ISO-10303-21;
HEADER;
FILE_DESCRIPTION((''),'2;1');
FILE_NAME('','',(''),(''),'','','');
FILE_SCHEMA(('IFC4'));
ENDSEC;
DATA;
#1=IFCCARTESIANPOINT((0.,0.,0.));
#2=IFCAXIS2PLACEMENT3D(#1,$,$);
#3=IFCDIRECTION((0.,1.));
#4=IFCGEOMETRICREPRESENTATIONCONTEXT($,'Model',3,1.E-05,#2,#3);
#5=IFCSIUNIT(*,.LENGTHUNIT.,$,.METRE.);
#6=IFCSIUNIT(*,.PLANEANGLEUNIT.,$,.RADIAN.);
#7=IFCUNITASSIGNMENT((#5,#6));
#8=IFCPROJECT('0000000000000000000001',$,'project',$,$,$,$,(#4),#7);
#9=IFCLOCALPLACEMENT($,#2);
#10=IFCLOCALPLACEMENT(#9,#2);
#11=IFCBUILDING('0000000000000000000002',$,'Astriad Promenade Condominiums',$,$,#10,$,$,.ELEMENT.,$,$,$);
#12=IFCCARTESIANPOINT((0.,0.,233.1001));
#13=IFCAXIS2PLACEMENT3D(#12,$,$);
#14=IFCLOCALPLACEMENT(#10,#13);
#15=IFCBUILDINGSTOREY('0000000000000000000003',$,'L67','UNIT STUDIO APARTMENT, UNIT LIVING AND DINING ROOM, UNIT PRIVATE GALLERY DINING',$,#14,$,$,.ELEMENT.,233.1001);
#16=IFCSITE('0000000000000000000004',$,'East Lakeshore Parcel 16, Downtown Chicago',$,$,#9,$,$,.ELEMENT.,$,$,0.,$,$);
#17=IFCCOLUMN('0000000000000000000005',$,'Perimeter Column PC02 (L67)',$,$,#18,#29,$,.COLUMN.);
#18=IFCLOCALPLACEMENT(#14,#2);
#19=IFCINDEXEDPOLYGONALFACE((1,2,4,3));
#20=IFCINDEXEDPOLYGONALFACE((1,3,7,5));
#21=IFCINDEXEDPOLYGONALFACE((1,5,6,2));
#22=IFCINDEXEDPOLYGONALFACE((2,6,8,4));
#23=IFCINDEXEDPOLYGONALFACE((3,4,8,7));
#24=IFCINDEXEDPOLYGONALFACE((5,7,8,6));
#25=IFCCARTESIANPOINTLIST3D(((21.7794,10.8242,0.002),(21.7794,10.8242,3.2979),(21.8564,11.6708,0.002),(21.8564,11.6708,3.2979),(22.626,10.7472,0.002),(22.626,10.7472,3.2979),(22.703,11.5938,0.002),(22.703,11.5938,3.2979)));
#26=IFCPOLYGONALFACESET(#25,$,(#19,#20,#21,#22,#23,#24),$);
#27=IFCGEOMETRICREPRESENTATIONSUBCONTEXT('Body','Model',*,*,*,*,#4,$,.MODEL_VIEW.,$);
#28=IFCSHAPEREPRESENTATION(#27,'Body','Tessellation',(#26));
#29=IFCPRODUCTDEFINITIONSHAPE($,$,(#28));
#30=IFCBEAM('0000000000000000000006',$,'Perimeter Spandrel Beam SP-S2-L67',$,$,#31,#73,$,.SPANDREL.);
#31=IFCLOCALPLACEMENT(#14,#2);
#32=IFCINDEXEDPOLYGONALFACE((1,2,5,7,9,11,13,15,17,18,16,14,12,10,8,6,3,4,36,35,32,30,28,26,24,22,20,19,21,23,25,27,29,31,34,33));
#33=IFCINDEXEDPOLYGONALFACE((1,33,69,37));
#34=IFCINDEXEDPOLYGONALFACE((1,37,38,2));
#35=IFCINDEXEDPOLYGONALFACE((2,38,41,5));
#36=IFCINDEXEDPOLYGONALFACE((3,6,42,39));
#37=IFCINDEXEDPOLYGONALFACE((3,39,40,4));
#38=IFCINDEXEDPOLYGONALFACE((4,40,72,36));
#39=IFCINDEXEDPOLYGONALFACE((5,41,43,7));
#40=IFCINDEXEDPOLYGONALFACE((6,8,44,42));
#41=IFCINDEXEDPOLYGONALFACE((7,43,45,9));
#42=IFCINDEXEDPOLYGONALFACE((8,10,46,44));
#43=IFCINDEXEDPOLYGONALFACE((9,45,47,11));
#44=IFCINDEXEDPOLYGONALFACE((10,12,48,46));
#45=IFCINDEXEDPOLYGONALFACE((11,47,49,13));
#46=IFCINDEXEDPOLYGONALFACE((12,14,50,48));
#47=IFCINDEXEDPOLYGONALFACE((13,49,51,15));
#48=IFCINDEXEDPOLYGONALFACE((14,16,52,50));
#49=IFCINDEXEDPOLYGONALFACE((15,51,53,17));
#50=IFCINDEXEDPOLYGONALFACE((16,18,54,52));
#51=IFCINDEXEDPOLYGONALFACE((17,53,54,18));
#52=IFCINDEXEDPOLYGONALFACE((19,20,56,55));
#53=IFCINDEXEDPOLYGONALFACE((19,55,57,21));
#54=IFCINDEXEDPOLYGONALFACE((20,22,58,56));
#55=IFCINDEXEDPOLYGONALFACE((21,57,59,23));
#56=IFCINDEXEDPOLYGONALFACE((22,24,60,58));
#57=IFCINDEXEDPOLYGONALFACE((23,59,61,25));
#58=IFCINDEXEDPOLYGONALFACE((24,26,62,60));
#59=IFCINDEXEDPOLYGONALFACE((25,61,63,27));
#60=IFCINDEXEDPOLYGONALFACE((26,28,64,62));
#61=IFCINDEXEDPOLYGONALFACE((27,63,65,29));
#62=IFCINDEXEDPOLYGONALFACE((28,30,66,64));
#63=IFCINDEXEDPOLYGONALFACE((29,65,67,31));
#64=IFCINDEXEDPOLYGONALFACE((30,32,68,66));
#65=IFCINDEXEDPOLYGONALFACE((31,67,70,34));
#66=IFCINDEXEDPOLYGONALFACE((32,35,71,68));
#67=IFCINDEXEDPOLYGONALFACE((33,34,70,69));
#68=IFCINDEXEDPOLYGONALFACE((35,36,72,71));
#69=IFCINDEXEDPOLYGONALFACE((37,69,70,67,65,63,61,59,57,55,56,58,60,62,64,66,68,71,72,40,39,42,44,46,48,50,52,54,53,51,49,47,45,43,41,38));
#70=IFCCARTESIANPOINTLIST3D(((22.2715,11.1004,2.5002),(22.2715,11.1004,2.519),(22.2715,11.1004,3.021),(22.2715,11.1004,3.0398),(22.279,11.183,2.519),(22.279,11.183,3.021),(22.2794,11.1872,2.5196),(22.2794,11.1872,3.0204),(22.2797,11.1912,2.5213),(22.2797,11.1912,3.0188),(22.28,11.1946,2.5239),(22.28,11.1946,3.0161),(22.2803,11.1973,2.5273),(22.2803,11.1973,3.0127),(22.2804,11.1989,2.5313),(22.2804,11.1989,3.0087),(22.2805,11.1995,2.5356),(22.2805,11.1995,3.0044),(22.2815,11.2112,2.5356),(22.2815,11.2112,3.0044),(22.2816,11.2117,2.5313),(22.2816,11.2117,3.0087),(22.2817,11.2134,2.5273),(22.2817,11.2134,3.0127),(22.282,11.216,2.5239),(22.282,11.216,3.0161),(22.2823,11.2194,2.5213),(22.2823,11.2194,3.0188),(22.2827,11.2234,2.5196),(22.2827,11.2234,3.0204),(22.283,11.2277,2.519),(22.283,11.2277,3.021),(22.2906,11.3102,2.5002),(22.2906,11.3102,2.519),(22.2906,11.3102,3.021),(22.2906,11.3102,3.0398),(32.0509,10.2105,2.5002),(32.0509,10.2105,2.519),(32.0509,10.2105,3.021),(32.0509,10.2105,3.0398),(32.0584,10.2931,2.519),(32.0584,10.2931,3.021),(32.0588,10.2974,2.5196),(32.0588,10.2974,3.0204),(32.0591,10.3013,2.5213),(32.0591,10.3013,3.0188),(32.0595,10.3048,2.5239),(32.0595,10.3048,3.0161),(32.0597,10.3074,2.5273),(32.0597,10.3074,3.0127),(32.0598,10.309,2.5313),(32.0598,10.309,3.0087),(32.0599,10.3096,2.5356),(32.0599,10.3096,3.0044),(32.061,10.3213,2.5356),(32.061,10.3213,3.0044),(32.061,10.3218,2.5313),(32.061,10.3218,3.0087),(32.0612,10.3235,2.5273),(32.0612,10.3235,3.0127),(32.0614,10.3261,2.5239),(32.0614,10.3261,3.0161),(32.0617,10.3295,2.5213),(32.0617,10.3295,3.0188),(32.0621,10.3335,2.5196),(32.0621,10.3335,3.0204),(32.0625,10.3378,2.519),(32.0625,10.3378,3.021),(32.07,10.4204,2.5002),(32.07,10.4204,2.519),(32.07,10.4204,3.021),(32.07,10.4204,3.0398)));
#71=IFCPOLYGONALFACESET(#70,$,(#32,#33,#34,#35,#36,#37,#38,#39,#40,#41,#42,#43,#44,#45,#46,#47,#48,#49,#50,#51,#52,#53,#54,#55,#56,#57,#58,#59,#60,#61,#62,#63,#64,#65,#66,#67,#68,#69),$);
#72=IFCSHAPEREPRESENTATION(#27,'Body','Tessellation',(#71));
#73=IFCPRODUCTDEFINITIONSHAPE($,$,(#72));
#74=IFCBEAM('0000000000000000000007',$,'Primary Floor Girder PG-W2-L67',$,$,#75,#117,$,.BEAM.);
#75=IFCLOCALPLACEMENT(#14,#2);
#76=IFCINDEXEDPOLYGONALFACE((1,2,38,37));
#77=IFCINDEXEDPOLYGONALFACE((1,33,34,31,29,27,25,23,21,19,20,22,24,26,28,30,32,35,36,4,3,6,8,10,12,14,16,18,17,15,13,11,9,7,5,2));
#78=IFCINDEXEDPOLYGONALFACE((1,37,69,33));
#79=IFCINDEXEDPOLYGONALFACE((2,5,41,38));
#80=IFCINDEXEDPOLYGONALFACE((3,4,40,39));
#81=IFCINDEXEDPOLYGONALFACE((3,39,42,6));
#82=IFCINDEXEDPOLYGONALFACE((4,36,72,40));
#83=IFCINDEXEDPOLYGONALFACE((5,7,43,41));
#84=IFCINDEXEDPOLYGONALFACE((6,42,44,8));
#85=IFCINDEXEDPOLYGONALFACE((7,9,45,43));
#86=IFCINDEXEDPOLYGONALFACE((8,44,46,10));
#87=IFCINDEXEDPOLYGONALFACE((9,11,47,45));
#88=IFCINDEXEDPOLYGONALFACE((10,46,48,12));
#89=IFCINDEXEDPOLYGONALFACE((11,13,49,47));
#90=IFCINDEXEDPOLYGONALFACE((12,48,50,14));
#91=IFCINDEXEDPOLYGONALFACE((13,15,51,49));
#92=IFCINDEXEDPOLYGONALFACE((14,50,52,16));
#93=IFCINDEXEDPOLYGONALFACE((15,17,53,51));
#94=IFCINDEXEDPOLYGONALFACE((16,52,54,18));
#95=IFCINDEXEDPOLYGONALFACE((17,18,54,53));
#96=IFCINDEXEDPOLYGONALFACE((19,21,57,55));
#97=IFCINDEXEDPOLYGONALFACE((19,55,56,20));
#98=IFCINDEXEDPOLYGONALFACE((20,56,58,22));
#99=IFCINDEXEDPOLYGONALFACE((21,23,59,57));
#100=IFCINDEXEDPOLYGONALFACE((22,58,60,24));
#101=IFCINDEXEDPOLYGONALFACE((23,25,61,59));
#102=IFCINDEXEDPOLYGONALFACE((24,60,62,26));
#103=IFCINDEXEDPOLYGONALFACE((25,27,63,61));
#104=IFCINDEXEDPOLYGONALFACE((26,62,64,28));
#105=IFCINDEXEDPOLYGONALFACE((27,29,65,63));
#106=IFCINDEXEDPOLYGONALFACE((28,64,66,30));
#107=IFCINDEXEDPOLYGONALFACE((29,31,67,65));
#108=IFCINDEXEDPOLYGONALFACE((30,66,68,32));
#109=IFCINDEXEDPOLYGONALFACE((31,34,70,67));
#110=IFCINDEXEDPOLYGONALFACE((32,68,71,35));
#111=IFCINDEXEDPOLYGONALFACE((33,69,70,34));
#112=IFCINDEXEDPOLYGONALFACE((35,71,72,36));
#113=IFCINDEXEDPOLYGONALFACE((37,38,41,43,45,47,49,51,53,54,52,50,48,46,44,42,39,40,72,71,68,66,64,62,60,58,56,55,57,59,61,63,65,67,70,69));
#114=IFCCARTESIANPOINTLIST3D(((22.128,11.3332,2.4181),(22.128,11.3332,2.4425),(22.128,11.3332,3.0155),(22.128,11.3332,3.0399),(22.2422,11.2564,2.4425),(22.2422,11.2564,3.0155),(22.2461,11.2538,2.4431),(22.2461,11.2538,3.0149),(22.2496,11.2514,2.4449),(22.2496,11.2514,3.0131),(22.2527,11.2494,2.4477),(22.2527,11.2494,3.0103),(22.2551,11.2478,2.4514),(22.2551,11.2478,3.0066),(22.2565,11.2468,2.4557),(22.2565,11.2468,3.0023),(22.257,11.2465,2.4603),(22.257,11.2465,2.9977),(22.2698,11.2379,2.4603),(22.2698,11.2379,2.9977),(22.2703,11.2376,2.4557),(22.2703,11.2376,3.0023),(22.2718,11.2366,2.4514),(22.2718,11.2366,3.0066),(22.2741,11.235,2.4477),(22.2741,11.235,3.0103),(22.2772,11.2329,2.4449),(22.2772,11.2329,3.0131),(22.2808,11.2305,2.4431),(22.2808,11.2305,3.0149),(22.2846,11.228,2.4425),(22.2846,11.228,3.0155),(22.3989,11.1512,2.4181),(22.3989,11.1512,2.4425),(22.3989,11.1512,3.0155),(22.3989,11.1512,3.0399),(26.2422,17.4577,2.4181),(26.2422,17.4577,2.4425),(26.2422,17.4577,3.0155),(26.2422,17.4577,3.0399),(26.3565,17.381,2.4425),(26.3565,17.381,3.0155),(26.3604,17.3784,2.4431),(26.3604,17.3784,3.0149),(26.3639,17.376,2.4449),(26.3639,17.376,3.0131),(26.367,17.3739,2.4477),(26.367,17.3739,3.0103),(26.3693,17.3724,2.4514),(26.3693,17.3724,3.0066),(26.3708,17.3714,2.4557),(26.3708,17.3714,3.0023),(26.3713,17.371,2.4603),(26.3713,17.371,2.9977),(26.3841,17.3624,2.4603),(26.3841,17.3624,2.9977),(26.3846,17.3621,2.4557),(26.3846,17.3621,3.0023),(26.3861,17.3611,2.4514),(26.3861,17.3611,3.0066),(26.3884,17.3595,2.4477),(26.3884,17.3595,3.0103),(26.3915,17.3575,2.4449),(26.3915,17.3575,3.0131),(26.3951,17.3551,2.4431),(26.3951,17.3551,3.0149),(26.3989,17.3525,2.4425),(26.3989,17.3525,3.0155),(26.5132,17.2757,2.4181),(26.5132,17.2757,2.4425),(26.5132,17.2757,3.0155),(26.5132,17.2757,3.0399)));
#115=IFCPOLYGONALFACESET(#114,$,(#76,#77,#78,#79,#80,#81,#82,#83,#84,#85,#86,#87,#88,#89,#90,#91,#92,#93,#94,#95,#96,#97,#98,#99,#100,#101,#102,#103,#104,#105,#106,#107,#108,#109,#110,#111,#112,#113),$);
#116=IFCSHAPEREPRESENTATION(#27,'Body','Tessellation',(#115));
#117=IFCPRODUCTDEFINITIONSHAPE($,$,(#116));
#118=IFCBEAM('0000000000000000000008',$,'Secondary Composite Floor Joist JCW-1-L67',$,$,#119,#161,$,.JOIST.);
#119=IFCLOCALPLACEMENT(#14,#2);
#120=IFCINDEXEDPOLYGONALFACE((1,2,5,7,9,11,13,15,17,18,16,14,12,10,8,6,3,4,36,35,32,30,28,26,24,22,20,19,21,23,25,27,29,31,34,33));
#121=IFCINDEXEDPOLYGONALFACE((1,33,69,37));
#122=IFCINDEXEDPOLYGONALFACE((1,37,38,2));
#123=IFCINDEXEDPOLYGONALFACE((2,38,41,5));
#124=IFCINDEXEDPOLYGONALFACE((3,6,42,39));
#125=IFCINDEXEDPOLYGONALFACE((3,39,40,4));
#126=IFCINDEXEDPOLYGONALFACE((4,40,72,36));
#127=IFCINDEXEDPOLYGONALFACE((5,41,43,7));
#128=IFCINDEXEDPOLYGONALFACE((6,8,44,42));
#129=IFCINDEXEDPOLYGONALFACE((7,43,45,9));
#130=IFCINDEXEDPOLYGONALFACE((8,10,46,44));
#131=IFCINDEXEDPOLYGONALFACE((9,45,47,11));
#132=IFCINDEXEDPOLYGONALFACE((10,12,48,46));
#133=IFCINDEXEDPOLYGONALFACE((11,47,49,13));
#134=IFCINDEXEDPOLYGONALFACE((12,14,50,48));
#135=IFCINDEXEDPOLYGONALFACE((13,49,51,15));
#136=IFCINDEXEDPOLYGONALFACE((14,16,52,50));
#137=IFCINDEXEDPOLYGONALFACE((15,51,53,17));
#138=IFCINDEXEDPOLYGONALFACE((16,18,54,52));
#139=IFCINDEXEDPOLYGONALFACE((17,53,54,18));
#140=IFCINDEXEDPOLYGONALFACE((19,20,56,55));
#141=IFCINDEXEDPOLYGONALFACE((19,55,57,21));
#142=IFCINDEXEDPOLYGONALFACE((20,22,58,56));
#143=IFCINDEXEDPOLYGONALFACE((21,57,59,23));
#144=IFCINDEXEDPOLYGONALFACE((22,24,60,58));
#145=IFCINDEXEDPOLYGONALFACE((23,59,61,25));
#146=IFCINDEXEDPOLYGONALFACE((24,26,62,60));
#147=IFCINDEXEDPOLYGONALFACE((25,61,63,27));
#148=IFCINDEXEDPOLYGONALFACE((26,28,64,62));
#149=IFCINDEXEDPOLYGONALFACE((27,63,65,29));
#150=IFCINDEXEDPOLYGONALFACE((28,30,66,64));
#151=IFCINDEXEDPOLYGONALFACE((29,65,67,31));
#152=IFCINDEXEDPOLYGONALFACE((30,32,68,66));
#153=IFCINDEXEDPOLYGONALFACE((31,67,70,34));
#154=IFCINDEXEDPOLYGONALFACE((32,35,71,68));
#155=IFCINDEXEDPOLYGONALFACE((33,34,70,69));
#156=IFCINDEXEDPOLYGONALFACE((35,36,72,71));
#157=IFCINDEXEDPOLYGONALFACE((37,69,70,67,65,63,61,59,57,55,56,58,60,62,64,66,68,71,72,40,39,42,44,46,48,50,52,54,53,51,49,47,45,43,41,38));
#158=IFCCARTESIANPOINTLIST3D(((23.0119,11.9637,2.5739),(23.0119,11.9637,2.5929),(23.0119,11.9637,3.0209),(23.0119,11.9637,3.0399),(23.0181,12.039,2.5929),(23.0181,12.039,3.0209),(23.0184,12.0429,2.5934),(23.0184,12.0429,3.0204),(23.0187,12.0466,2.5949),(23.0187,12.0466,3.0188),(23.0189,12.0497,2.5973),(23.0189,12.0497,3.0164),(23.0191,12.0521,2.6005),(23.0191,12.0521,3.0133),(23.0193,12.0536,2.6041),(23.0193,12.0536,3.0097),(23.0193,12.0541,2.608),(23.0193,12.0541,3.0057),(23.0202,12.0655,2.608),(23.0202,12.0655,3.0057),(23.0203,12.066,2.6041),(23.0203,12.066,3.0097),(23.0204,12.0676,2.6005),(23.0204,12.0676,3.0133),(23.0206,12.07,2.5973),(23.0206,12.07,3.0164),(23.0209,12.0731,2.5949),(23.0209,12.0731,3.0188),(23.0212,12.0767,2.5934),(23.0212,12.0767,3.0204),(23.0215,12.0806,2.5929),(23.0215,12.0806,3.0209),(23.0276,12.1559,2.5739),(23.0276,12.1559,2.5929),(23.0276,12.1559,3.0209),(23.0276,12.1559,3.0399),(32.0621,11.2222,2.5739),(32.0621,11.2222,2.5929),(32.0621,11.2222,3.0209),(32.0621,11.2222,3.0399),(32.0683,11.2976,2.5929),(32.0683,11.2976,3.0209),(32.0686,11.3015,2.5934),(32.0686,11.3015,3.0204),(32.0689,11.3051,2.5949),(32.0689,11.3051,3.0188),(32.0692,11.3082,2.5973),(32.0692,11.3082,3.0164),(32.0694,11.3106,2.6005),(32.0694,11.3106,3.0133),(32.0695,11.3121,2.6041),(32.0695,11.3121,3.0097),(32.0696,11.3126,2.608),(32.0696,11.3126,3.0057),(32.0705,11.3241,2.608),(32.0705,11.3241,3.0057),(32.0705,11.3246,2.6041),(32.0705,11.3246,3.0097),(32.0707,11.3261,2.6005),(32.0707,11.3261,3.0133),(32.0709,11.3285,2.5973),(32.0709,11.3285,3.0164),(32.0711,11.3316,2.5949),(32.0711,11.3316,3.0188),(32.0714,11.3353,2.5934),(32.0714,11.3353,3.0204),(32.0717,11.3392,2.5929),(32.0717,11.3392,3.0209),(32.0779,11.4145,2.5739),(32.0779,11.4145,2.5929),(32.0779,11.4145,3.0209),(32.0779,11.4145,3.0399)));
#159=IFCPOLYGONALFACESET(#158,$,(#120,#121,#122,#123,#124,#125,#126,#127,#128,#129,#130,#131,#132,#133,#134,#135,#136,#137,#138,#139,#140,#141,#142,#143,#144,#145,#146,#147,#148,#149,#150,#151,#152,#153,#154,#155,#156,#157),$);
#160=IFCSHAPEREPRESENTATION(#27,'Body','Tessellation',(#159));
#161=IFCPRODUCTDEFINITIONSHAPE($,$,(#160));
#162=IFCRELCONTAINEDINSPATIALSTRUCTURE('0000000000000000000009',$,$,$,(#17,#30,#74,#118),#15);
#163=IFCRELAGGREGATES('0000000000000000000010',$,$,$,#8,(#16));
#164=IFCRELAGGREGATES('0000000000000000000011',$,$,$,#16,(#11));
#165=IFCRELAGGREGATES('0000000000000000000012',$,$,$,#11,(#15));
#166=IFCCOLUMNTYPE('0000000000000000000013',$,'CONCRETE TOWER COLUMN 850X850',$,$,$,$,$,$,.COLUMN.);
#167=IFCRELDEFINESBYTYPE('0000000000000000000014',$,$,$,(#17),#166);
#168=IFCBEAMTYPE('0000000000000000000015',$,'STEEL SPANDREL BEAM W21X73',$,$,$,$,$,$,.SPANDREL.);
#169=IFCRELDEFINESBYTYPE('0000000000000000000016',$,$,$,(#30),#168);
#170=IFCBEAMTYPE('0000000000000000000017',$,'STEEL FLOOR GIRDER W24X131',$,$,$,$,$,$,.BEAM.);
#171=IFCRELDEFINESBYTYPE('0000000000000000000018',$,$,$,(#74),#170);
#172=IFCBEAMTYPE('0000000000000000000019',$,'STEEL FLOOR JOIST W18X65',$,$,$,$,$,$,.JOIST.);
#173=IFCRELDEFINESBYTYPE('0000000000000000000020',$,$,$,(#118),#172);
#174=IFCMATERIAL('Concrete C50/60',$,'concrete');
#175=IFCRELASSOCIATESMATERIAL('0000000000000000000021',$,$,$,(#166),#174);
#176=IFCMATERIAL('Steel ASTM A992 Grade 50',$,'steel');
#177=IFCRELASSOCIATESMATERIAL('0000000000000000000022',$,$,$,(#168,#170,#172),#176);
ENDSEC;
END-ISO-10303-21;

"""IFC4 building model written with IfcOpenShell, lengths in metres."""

from ifc_helpers import new_model, si_unit, direction, frame, origin, origin_2d, place, context, subcontext, project, spatial, rectangle, i_section, extrude, source, transform, mapped, material, material_profile, profile_set, type_object, type_shapes, element, save


model = new_model("IFC4")

# Units and contexts
model_context = context("Model", 3, precision=1e-05, world=origin(), true_north=direction((0.0, 1.0)))
body_context = subcontext(model_context, "Body", "Model", "MODEL_VIEW")
ifc_project = project(units=[si_unit("LENGTHUNIT", "METRE"), si_unit("PLANEANGLEUNIT", "RADIAN")], contexts=[model_context])

# Site, building, storey
site_placement = place(None, origin())
site = spatial("IfcSite", under=ifc_project, at=site_placement, Name="East Lakeshore Parcel 16, Downtown Chicago", CompositionType="ELEMENT", RefElevation=0.0)
building_placement = place(site_placement, origin())
building = spatial("IfcBuilding", under=site, at=building_placement, Name="Astriad Promenade Condominiums", CompositionType="ELEMENT")
storey_placement = place(building_placement, frame((0.0, 0.0, 233.1001)))
storey = spatial("IfcBuildingStorey", under=building, at=storey_placement, Name="L67", Description="UNIT STUDIO APARTMENT, UNIT LIVING AND DINING ROOM, UNIT PRIVATE GALLERY DINING", CompositionType="ELEMENT", Elevation=233.1001)

# Column
ifc_material_1 = material(Name="Concrete C50/60", Category="concrete")
ifc_material_profile_1 = material_profile(ifc_material_1, rectangle(XDim=0.8501, YDim=0.8501, at=origin_2d()), Name="RC-COL-850X850")
ifc_profile_set_1 = profile_set([ifc_material_profile_1], Name="Concrete C50/60")
column_type = type_object("IfcColumnType", Name="CONCRETE TOWER COLUMN 850X850", PredefinedType="COLUMN", material=ifc_profile_set_1)
shared_shape_1 = source(origin(), body_context, "Body", "SweptSolid", [
    extrude(rectangle(XDim=0.8501, YDim=0.8501, at=origin_2d()), origin(), (0.0, 0.0, 1.0), 3.2959),
])
type_shapes(column_type, [shared_shape_1])
column_placement = place(storey_placement, frame((22.2412, 11.209, 0.002), z_axis=(0.0, 0.0, 1.0), x_axis=(0.995884, -0.090633, 0.0)))
element("IfcColumn", 1, at=column_placement, inside=storey, type_object=column_type, Name="Perimeter Column PC02 (L67)", PredefinedType="COLUMN", context=body_context, shape_type="MappedRepresentation", body=[
    mapped(shared_shape_1, transform((0.0, 0.0, 0.0), scale=1.0)),
])

# Beams
ifc_material_2 = material(Name="Steel ASTM A992 Grade 50", Category="steel")
ifc_material_profile_2 = material_profile(ifc_material_2, i_section(OverallWidth=0.2107, OverallDepth=0.5396, WebThickness=0.0117, FlangeThickness=0.0188, FilletRadius=0.0166, at=origin_2d()), Name="W21X73")
ifc_profile_set_2 = profile_set([ifc_material_profile_2], Name="Steel ASTM A992 Grade 50")
beam_type_1 = type_object("IfcBeamType", Name="STEEL SPANDREL BEAM W21X73", PredefinedType="SPANDREL", material=ifc_profile_set_2)
shared_shape_2 = source(origin(), body_context, "Body", "SweptSolid", [
    extrude(i_section(OverallWidth=0.2107, OverallDepth=0.5396, WebThickness=0.0117, FlangeThickness=0.0188, FilletRadius=0.0166, at=origin_2d()), origin(), (0.0, 0.0, 1.0), 9.8198),
])
type_shapes(beam_type_1, [shared_shape_2])
beam_1_placement = place(storey_placement, frame((22.281, 11.2053, 2.77), z_axis=(0.995885, -0.090621, 0.0), x_axis=(0.090621, 0.995885, 0.0)))
element("IfcBeam", 2, at=beam_1_placement, inside=storey, type_object=beam_type_1, Name="Perimeter Spandrel Beam SP-S2-L67", PredefinedType="SPANDREL", context=body_context, shape_type="MappedRepresentation", body=[
    mapped(shared_shape_2, transform((0.0, 0.0, 0.0), scale=1.0)),
])
ifc_material_profile_3 = material_profile(ifc_material_2, i_section(OverallWidth=0.3264, OverallDepth=0.6218, WebThickness=0.0154, FlangeThickness=0.0244, FilletRadius=0.0178, at=origin_2d()), Name="W24X131")
ifc_profile_set_3 = profile_set([ifc_material_profile_3], Name="Steel ASTM A992 Grade 50")
beam_type_2 = type_object("IfcBeamType", Name="STEEL FLOOR GIRDER W24X131", PredefinedType="BEAM", material=ifc_profile_set_3)
shared_shape_3 = source(origin(), body_context, "Body", "SweptSolid", [
    extrude(i_section(OverallWidth=0.3264, OverallDepth=0.6218, WebThickness=0.0154, FlangeThickness=0.0244, FilletRadius=0.0178, at=origin_2d()), origin(), (0.0, 0.0, 1.0), 7.3782),
])
type_shapes(beam_type_2, [shared_shape_3])
beam_2_placement = place(storey_placement, frame((22.2634, 11.2422, 2.729), z_axis=(0.557629, 0.83009, 0.0), x_axis=(-0.83009, 0.557629, 0.0)))
element("IfcBeam", 3, at=beam_2_placement, inside=storey, type_object=beam_type_2, Name="Primary Floor Girder PG-W2-L67", PredefinedType="BEAM", context=body_context, shape_type="MappedRepresentation", body=[
    mapped(shared_shape_3, transform((0.0, 0.0, 0.0), scale=1.0)),
])
ifc_material_profile_4 = material_profile(ifc_material_2, i_section(OverallWidth=0.1929, OverallDepth=0.4661, WebThickness=0.0115, FlangeThickness=0.019, FilletRadius=0.0151, at=origin_2d()), Name="W18X65")
ifc_profile_set_4 = profile_set([ifc_material_profile_4], Name="Steel ASTM A992 Grade 50")
beam_type_3 = type_object("IfcBeamType", Name="STEEL FLOOR JOIST W18X65", PredefinedType="JOIST", material=ifc_profile_set_4)
shared_shape_4 = source(origin(), body_context, "Body", "SweptSolid", [
    extrude(i_section(OverallWidth=0.1929, OverallDepth=0.4661, WebThickness=0.0115, FlangeThickness=0.019, FilletRadius=0.0151, at=origin_2d()), origin(), (0.0, 0.0, 1.0), 9.0806),
])
beam_3_placement = place(storey_placement, frame((23.0198, 12.0598, 2.8069), z_axis=(0.996661, -0.081653, 0.0), x_axis=(0.081653, 0.996661, 0.0)))
element("IfcBeam", 4, at=beam_3_placement, inside=storey, type_object=beam_type_3, Name="Secondary Composite Floor Joist JCW-1-L67", PredefinedType="JOIST", context=body_context, shape_type="MappedRepresentation", body=[
    mapped(shared_shape_4, transform((0.0, 0.0, 0.0), scale=1.0)),
])

save(model, "model.ifc")
